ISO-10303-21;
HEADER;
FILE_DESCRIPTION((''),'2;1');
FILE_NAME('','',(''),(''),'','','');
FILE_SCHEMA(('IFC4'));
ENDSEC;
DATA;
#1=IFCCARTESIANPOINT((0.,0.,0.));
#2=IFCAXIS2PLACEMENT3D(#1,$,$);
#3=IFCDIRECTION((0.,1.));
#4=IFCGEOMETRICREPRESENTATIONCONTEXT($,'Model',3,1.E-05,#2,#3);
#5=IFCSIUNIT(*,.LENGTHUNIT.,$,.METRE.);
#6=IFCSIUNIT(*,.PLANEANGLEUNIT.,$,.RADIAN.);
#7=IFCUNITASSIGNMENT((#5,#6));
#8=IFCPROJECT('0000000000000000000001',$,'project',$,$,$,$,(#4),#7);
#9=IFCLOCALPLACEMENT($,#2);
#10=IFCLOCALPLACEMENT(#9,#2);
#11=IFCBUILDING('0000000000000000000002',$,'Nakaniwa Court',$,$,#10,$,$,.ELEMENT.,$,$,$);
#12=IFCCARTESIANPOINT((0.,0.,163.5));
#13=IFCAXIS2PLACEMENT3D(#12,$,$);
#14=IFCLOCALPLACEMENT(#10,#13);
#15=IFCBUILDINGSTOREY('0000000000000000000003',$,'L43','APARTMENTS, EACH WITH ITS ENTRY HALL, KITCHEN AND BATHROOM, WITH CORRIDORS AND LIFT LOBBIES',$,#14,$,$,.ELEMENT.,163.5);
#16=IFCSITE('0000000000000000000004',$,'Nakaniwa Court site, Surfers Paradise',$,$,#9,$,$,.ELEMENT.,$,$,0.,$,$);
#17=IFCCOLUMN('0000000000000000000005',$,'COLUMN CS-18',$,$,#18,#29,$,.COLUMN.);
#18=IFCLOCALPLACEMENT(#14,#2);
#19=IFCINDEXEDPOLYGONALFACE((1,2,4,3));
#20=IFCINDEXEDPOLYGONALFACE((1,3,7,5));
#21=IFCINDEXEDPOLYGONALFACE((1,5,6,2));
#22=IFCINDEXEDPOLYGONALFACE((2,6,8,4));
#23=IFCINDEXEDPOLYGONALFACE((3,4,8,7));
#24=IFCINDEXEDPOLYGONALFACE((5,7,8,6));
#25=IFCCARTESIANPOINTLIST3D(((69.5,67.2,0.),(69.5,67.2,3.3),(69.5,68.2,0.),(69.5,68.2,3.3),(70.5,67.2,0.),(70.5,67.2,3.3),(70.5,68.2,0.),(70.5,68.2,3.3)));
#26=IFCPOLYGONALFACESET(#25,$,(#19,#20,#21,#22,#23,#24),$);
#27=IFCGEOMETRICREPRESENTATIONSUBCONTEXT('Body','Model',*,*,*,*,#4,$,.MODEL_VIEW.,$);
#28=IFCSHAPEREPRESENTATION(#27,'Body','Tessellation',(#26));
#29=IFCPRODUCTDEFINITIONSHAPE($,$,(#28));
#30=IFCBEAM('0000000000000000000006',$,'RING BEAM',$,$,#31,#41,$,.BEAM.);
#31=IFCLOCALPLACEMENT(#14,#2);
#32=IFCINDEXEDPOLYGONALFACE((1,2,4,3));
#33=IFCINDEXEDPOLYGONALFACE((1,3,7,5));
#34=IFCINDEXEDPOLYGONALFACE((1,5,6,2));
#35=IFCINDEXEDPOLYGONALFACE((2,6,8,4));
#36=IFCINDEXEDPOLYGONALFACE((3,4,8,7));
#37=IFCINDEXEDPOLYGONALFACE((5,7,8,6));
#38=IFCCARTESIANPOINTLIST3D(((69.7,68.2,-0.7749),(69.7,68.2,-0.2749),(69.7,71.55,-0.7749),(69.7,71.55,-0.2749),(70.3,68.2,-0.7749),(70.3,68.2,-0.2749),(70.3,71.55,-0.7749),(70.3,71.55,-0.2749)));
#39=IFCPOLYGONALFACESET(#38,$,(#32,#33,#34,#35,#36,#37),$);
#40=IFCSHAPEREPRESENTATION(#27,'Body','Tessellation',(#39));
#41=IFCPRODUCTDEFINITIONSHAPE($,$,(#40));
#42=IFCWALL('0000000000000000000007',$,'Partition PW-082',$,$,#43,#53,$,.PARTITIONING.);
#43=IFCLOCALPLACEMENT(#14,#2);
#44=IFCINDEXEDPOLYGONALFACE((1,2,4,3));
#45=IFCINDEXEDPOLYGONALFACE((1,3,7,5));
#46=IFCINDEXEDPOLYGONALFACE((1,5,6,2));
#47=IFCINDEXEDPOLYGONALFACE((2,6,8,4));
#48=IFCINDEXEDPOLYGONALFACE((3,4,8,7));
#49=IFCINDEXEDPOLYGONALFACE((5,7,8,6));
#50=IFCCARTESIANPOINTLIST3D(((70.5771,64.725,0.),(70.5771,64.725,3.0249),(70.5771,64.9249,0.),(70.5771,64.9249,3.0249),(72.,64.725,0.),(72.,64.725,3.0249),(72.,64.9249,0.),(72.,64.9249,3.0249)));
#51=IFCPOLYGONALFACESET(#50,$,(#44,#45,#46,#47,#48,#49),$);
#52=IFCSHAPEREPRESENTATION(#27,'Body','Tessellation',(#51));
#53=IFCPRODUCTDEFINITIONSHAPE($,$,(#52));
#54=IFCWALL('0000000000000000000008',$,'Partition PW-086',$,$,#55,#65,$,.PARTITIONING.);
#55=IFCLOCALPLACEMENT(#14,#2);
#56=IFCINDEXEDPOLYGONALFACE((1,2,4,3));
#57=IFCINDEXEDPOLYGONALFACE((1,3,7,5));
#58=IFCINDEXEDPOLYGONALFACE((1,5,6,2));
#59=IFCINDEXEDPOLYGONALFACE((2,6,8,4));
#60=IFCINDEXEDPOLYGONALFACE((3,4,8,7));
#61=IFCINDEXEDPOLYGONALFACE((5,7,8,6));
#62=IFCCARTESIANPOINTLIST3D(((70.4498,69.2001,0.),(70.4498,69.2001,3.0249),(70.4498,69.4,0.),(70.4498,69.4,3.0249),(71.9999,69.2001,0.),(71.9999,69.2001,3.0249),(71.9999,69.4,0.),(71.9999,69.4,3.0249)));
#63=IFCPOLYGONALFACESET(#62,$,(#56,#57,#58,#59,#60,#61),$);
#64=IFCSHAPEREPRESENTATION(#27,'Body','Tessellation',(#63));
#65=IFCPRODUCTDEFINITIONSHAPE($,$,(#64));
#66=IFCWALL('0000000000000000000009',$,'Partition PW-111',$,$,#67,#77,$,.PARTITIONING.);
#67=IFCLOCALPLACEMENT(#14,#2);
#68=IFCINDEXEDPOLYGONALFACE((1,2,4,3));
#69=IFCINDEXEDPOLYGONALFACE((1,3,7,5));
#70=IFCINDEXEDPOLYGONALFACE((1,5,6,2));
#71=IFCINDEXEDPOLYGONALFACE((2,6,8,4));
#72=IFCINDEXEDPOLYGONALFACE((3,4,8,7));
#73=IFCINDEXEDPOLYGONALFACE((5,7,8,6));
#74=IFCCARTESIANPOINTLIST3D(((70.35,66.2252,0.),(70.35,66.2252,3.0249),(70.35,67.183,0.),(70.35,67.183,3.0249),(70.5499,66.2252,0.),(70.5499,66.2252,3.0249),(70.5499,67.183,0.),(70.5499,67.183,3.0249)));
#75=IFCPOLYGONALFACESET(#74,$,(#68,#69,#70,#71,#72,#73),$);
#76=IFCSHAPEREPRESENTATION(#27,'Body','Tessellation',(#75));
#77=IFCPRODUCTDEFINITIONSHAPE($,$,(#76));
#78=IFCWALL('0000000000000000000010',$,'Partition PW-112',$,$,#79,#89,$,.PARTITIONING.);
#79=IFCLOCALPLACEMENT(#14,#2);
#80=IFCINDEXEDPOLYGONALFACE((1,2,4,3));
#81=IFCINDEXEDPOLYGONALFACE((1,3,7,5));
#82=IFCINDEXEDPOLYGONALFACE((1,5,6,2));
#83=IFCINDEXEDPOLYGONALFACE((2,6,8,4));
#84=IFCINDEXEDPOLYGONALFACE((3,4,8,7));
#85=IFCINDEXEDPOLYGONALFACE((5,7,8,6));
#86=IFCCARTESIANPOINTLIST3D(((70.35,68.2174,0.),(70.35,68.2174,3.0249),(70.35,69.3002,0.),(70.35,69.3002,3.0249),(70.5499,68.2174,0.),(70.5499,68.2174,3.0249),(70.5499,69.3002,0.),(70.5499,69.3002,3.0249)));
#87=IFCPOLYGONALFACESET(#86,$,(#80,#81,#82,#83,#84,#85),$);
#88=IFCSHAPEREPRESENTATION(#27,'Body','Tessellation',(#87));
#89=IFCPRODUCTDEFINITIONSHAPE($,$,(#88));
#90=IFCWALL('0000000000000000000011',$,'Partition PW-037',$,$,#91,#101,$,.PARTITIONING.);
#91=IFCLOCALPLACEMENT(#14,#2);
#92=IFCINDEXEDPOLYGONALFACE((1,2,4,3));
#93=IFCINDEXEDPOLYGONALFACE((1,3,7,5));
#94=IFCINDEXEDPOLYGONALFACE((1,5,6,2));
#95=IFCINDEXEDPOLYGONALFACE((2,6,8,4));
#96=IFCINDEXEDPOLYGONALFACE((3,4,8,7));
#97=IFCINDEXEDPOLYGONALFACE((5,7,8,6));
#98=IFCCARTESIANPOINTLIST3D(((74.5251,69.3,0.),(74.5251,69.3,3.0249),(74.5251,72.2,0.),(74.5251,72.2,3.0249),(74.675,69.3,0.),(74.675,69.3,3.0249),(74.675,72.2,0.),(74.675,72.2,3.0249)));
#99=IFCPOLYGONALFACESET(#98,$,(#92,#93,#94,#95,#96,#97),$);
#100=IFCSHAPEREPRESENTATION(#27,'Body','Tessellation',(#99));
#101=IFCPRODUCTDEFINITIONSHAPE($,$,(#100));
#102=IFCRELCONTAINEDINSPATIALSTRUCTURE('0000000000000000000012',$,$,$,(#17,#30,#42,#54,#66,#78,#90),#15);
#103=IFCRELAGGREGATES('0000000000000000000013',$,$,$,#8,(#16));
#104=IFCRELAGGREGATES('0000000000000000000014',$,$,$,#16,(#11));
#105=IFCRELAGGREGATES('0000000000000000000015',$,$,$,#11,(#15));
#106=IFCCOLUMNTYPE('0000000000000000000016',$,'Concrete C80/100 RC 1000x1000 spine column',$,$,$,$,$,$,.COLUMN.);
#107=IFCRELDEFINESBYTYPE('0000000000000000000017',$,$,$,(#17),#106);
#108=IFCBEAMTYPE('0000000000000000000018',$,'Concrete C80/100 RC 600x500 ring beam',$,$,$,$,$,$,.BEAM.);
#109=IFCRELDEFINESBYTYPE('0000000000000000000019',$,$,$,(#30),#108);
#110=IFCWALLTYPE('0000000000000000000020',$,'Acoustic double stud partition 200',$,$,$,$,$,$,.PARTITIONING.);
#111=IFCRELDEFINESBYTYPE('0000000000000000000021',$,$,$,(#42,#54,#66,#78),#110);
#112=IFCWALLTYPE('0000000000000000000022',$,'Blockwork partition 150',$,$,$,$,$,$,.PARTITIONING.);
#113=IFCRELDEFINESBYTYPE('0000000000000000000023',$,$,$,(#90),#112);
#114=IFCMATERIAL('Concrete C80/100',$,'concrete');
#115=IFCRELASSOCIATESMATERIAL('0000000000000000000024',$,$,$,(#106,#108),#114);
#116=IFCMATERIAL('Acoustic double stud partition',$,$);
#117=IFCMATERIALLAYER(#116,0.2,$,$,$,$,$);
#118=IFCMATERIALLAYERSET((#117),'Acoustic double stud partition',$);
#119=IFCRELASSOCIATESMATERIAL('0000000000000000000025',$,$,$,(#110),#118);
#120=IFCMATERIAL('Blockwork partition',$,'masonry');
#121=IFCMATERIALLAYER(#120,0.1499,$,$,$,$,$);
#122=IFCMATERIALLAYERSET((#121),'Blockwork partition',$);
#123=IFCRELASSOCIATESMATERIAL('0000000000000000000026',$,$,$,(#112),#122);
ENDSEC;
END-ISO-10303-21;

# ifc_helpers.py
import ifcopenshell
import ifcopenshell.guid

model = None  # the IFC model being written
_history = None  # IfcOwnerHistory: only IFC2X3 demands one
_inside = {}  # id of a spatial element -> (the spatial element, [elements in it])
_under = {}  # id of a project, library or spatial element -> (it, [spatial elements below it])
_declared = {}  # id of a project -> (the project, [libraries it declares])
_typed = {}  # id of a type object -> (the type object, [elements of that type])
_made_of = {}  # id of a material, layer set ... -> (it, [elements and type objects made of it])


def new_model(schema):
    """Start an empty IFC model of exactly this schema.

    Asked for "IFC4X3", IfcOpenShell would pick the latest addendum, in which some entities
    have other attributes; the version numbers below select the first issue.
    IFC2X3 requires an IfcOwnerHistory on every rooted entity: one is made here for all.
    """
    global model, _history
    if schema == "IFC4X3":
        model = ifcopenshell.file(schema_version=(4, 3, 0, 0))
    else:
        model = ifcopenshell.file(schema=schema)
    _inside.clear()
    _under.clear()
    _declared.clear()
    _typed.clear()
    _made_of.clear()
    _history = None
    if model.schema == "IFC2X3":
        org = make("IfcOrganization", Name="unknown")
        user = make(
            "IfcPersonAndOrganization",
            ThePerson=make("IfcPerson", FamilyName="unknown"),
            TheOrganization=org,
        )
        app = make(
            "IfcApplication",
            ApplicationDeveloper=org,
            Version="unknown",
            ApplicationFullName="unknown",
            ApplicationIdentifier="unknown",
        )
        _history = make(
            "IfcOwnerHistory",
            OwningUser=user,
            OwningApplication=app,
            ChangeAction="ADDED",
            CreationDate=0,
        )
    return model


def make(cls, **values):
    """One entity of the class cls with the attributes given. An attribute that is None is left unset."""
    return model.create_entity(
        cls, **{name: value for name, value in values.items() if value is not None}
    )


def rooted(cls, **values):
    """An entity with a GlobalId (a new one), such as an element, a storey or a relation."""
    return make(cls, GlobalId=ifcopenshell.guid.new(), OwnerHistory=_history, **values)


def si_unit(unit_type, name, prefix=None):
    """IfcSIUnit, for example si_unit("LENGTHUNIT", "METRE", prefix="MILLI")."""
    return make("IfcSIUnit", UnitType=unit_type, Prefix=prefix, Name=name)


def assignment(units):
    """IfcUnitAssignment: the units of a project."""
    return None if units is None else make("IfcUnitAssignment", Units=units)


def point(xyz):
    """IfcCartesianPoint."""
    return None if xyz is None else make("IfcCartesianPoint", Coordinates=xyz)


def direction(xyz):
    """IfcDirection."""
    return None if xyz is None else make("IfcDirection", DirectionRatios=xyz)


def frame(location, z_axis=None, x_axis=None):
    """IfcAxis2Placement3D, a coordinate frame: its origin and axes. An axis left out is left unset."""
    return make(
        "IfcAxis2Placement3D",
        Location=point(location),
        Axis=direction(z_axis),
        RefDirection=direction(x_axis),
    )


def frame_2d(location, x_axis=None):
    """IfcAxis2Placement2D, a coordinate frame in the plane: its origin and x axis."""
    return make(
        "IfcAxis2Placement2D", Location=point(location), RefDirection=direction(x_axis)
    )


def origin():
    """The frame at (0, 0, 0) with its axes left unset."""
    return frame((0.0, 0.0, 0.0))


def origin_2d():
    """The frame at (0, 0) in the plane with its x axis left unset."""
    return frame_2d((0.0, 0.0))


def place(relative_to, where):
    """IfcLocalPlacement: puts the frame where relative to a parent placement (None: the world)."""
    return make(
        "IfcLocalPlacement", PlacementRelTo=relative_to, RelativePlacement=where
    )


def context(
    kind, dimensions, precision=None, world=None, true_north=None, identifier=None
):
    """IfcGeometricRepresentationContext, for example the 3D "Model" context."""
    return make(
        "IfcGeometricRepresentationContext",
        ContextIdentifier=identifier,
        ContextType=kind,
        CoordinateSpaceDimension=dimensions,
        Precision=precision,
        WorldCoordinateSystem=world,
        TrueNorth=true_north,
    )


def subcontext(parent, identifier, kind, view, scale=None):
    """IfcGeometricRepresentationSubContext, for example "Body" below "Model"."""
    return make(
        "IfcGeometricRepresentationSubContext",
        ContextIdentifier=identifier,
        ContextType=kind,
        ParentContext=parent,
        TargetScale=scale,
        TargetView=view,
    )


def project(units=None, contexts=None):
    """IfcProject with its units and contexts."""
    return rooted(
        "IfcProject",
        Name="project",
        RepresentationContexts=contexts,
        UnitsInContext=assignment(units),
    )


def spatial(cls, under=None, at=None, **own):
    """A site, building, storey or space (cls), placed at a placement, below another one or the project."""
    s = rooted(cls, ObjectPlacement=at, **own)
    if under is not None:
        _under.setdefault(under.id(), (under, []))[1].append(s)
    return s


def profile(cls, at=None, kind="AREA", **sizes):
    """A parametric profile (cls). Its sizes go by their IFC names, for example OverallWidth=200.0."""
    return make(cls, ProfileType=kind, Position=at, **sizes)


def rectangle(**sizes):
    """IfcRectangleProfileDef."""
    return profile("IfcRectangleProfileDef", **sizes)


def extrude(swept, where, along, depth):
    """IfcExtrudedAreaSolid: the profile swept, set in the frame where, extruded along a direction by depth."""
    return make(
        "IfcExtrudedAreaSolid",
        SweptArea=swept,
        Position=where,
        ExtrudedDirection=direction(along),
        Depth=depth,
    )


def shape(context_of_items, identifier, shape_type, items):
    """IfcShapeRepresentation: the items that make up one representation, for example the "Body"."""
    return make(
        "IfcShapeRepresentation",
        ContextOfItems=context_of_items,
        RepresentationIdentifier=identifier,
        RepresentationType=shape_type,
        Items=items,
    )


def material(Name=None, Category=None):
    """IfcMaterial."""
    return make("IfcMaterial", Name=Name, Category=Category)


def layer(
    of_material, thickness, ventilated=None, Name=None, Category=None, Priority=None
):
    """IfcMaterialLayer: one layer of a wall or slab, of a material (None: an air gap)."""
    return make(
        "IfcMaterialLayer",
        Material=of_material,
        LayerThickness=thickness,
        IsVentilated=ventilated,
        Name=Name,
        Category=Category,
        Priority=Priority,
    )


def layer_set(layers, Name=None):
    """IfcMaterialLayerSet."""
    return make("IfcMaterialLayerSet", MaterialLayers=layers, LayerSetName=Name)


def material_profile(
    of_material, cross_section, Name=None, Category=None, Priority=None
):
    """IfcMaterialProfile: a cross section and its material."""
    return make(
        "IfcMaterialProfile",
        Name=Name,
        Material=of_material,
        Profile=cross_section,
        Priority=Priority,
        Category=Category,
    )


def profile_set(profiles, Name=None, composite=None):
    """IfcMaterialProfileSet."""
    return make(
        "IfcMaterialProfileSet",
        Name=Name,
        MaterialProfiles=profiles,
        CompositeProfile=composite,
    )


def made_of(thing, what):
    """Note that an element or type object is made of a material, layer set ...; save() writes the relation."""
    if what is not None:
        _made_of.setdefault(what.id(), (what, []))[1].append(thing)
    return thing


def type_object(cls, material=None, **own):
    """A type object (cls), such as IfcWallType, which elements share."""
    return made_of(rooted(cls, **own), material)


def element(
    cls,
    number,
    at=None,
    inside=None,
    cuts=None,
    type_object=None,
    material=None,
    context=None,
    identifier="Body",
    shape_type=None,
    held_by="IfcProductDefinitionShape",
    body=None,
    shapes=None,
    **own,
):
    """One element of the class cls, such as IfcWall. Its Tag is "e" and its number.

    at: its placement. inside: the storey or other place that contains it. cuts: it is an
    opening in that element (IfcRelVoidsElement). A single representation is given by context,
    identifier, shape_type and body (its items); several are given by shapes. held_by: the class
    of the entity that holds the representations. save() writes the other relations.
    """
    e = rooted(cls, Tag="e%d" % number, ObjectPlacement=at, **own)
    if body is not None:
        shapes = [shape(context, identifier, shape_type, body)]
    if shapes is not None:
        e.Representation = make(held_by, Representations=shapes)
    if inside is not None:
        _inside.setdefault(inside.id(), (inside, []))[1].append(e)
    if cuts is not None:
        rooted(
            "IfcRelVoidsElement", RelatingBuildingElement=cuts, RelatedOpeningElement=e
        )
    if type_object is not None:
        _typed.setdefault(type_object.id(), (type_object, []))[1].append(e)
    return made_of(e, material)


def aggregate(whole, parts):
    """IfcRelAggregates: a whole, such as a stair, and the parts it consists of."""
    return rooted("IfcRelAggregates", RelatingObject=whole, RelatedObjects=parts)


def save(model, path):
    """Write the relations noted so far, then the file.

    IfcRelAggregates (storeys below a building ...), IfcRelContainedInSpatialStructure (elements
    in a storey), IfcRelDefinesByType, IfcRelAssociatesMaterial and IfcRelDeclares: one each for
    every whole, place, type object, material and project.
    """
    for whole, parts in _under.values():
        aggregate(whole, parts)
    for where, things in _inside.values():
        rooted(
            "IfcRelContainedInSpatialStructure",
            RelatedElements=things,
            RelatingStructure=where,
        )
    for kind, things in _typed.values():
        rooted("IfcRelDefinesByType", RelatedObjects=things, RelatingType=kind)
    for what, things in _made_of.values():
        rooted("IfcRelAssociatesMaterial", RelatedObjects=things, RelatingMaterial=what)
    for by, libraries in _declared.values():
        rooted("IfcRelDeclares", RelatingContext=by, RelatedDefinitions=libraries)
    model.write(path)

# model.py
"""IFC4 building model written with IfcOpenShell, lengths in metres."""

from ifc_helpers import new_model, si_unit, direction, frame, frame_2d, origin, origin_2d, place, context, subcontext, project, spatial, rectangle, extrude, material, layer, layer_set, material_profile, profile_set, type_object, element, save


model = new_model("IFC4")

# Units and contexts
model_context = context("Model", 3, precision=1e-05, world=origin(), true_north=direction((0.0, 1.0)))
body_context = subcontext(model_context, "Body", "Model", "MODEL_VIEW")
ifc_project = project(units=[si_unit("LENGTHUNIT", "METRE"), si_unit("PLANEANGLEUNIT", "RADIAN")], contexts=[model_context])

# Site, building, storey
site_placement = place(None, origin())
site = spatial("IfcSite", under=ifc_project, at=site_placement, Name="Nakaniwa Court site, Surfers Paradise", CompositionType="ELEMENT", RefElevation=0.0)
building_placement = place(site_placement, origin())
building = spatial("IfcBuilding", under=site, at=building_placement, Name="Nakaniwa Court", CompositionType="ELEMENT")
storey_placement = place(building_placement, frame((0.0, 0.0, 163.5)))
storey = spatial("IfcBuildingStorey", under=building, at=storey_placement, Name="L43", Description="APARTMENTS, EACH WITH ITS ENTRY HALL, KITCHEN AND BATHROOM, WITH CORRIDORS AND LIFT LOBBIES", CompositionType="ELEMENT", Elevation=163.5)

# Column
ifc_material_1 = material(Name="Concrete C80/100", Category="concrete")
ifc_material_profile_1 = material_profile(ifc_material_1, rectangle(XDim=1.0, YDim=1.0, at=origin_2d()), Name="Concrete C80/100 RC 1000x1000 spine column")
ifc_profile_set_1 = profile_set([ifc_material_profile_1], Name="Concrete C80/100")
column_type = type_object("IfcColumnType", Name="Concrete C80/100 RC 1000x1000 spine column", PredefinedType="COLUMN", material=ifc_profile_set_1)
column_placement = place(storey_placement, frame((70.0, 67.7, 0.0), z_axis=(0.0, 0.0, 1.0), x_axis=(0.0, -1.0, 0.0)))
element("IfcColumn", 1, at=column_placement, inside=storey, type_object=column_type, Name="COLUMN CS-18", PredefinedType="COLUMN", context=body_context, shape_type="SweptSolid", body=[
    extrude(rectangle(XDim=1.0, YDim=1.0, at=origin_2d()), origin(), (0.0, 0.0, 1.0), 3.3),
])

# Beam
ifc_material_profile_2 = material_profile(ifc_material_1, rectangle(XDim=0.6001, YDim=0.5, at=origin_2d()), Name="Concrete C80/100 RC 600x500 ring beam")
ifc_profile_set_2 = profile_set([ifc_material_profile_2], Name="Concrete C80/100")
beam_type = type_object("IfcBeamType", Name="Concrete C80/100 RC 600x500 ring beam", PredefinedType="BEAM", material=ifc_profile_set_2)
beam_placement = place(storey_placement, frame((70.0, 71.55, -0.5249), z_axis=(0.0, -1.0, 0.0), x_axis=(1.0, 0.0, 0.0)))
element("IfcBeam", 2, at=beam_placement, inside=storey, type_object=beam_type, Name="RING BEAM", PredefinedType="BEAM", context=body_context, shape_type="SweptSolid", body=[
    extrude(rectangle(XDim=0.6001, YDim=0.5, at=origin_2d()), origin(), (0.0, 0.0, 1.0), 3.3501),
])

# Walls
ifc_material_2 = material(Name="Acoustic double stud partition")
ifc_layer_1 = layer(ifc_material_2, 0.2)
ifc_layer_set_1 = layer_set([ifc_layer_1], Name="Acoustic double stud partition")
wall_type_1 = type_object("IfcWallType", Name="Acoustic double stud partition 200", PredefinedType="PARTITIONING", material=ifc_layer_set_1)
wall_1_placement = place(storey_placement, frame((70.5771, 64.825, 0.0), z_axis=(0.0, 0.0, 1.0), x_axis=(1.0, 0.0, 0.0)))
element("IfcWall", 3, at=wall_1_placement, inside=storey, type_object=wall_type_1, Name="Partition PW-082", PredefinedType="PARTITIONING", context=body_context, shape_type="SweptSolid", body=[
    extrude(rectangle(XDim=1.4229, YDim=0.2, at=frame_2d((0.7114, 0.0))), origin(), (0.0, 0.0, 1.0), 3.0249),
])
wall_2_placement = place(storey_placement, frame((70.45, 69.3, 0.0), z_axis=(0.0, 0.0, 1.0), x_axis=(1.0, 0.0, 0.0)))
element("IfcWall", 4, at=wall_2_placement, inside=storey, type_object=wall_type_1, Name="Partition PW-086", PredefinedType="PARTITIONING", context=body_context, shape_type="SweptSolid", body=[
    extrude(rectangle(XDim=1.55, YDim=0.2, at=frame_2d((0.7749, 0.0))), origin(), (0.0, 0.0, 1.0), 3.0249),
])
wall_3_placement = place(storey_placement, frame((70.45, 66.2251, 0.0), z_axis=(0.0, 0.0, 1.0), x_axis=(0.0, 1.0, 0.0)))
element("IfcWall", 5, at=wall_3_placement, inside=storey, type_object=wall_type_1, Name="Partition PW-111", PredefinedType="PARTITIONING", context=body_context, shape_type="SweptSolid", body=[
    extrude(rectangle(XDim=0.9578, YDim=0.2, at=frame_2d((0.479, 0.0))), origin(), (0.0, 0.0, 1.0), 3.0249),
])
wall_4_placement = place(storey_placement, frame((70.45, 68.2173, 0.0), z_axis=(0.0, 0.0, 1.0), x_axis=(0.0, 1.0, 0.0)))
element("IfcWall", 6, at=wall_4_placement, inside=storey, type_object=wall_type_1, Name="Partition PW-112", PredefinedType="PARTITIONING", context=body_context, shape_type="SweptSolid", body=[
    extrude(rectangle(XDim=1.0828, YDim=0.2, at=frame_2d((0.5415, 0.0))), origin(), (0.0, 0.0, 1.0), 3.0249),
])
ifc_material_3 = material(Name="Blockwork partition", Category="masonry")
ifc_layer_2 = layer(ifc_material_3, 0.1499)
ifc_layer_set_2 = layer_set([ifc_layer_2], Name="Blockwork partition")
wall_type_2 = type_object("IfcWallType", Name="Blockwork partition 150", PredefinedType="PARTITIONING", material=ifc_layer_set_2)
wall_5_placement = place(storey_placement, frame((74.6001, 69.3, 0.0), z_axis=(0.0, 0.0, 1.0), x_axis=(0.0, 1.0, 0.0)))
element("IfcWall", 7, at=wall_5_placement, inside=storey, type_object=wall_type_2, Name="Partition PW-037", PredefinedType="PARTITIONING", context=body_context, shape_type="SweptSolid", body=[
    extrude(rectangle(XDim=2.8999, YDim=0.1499, at=frame_2d((1.45, 0.0))), origin(), (0.0, 0.0, 1.0), 3.0249),
])

save(model, "model.ifc")
